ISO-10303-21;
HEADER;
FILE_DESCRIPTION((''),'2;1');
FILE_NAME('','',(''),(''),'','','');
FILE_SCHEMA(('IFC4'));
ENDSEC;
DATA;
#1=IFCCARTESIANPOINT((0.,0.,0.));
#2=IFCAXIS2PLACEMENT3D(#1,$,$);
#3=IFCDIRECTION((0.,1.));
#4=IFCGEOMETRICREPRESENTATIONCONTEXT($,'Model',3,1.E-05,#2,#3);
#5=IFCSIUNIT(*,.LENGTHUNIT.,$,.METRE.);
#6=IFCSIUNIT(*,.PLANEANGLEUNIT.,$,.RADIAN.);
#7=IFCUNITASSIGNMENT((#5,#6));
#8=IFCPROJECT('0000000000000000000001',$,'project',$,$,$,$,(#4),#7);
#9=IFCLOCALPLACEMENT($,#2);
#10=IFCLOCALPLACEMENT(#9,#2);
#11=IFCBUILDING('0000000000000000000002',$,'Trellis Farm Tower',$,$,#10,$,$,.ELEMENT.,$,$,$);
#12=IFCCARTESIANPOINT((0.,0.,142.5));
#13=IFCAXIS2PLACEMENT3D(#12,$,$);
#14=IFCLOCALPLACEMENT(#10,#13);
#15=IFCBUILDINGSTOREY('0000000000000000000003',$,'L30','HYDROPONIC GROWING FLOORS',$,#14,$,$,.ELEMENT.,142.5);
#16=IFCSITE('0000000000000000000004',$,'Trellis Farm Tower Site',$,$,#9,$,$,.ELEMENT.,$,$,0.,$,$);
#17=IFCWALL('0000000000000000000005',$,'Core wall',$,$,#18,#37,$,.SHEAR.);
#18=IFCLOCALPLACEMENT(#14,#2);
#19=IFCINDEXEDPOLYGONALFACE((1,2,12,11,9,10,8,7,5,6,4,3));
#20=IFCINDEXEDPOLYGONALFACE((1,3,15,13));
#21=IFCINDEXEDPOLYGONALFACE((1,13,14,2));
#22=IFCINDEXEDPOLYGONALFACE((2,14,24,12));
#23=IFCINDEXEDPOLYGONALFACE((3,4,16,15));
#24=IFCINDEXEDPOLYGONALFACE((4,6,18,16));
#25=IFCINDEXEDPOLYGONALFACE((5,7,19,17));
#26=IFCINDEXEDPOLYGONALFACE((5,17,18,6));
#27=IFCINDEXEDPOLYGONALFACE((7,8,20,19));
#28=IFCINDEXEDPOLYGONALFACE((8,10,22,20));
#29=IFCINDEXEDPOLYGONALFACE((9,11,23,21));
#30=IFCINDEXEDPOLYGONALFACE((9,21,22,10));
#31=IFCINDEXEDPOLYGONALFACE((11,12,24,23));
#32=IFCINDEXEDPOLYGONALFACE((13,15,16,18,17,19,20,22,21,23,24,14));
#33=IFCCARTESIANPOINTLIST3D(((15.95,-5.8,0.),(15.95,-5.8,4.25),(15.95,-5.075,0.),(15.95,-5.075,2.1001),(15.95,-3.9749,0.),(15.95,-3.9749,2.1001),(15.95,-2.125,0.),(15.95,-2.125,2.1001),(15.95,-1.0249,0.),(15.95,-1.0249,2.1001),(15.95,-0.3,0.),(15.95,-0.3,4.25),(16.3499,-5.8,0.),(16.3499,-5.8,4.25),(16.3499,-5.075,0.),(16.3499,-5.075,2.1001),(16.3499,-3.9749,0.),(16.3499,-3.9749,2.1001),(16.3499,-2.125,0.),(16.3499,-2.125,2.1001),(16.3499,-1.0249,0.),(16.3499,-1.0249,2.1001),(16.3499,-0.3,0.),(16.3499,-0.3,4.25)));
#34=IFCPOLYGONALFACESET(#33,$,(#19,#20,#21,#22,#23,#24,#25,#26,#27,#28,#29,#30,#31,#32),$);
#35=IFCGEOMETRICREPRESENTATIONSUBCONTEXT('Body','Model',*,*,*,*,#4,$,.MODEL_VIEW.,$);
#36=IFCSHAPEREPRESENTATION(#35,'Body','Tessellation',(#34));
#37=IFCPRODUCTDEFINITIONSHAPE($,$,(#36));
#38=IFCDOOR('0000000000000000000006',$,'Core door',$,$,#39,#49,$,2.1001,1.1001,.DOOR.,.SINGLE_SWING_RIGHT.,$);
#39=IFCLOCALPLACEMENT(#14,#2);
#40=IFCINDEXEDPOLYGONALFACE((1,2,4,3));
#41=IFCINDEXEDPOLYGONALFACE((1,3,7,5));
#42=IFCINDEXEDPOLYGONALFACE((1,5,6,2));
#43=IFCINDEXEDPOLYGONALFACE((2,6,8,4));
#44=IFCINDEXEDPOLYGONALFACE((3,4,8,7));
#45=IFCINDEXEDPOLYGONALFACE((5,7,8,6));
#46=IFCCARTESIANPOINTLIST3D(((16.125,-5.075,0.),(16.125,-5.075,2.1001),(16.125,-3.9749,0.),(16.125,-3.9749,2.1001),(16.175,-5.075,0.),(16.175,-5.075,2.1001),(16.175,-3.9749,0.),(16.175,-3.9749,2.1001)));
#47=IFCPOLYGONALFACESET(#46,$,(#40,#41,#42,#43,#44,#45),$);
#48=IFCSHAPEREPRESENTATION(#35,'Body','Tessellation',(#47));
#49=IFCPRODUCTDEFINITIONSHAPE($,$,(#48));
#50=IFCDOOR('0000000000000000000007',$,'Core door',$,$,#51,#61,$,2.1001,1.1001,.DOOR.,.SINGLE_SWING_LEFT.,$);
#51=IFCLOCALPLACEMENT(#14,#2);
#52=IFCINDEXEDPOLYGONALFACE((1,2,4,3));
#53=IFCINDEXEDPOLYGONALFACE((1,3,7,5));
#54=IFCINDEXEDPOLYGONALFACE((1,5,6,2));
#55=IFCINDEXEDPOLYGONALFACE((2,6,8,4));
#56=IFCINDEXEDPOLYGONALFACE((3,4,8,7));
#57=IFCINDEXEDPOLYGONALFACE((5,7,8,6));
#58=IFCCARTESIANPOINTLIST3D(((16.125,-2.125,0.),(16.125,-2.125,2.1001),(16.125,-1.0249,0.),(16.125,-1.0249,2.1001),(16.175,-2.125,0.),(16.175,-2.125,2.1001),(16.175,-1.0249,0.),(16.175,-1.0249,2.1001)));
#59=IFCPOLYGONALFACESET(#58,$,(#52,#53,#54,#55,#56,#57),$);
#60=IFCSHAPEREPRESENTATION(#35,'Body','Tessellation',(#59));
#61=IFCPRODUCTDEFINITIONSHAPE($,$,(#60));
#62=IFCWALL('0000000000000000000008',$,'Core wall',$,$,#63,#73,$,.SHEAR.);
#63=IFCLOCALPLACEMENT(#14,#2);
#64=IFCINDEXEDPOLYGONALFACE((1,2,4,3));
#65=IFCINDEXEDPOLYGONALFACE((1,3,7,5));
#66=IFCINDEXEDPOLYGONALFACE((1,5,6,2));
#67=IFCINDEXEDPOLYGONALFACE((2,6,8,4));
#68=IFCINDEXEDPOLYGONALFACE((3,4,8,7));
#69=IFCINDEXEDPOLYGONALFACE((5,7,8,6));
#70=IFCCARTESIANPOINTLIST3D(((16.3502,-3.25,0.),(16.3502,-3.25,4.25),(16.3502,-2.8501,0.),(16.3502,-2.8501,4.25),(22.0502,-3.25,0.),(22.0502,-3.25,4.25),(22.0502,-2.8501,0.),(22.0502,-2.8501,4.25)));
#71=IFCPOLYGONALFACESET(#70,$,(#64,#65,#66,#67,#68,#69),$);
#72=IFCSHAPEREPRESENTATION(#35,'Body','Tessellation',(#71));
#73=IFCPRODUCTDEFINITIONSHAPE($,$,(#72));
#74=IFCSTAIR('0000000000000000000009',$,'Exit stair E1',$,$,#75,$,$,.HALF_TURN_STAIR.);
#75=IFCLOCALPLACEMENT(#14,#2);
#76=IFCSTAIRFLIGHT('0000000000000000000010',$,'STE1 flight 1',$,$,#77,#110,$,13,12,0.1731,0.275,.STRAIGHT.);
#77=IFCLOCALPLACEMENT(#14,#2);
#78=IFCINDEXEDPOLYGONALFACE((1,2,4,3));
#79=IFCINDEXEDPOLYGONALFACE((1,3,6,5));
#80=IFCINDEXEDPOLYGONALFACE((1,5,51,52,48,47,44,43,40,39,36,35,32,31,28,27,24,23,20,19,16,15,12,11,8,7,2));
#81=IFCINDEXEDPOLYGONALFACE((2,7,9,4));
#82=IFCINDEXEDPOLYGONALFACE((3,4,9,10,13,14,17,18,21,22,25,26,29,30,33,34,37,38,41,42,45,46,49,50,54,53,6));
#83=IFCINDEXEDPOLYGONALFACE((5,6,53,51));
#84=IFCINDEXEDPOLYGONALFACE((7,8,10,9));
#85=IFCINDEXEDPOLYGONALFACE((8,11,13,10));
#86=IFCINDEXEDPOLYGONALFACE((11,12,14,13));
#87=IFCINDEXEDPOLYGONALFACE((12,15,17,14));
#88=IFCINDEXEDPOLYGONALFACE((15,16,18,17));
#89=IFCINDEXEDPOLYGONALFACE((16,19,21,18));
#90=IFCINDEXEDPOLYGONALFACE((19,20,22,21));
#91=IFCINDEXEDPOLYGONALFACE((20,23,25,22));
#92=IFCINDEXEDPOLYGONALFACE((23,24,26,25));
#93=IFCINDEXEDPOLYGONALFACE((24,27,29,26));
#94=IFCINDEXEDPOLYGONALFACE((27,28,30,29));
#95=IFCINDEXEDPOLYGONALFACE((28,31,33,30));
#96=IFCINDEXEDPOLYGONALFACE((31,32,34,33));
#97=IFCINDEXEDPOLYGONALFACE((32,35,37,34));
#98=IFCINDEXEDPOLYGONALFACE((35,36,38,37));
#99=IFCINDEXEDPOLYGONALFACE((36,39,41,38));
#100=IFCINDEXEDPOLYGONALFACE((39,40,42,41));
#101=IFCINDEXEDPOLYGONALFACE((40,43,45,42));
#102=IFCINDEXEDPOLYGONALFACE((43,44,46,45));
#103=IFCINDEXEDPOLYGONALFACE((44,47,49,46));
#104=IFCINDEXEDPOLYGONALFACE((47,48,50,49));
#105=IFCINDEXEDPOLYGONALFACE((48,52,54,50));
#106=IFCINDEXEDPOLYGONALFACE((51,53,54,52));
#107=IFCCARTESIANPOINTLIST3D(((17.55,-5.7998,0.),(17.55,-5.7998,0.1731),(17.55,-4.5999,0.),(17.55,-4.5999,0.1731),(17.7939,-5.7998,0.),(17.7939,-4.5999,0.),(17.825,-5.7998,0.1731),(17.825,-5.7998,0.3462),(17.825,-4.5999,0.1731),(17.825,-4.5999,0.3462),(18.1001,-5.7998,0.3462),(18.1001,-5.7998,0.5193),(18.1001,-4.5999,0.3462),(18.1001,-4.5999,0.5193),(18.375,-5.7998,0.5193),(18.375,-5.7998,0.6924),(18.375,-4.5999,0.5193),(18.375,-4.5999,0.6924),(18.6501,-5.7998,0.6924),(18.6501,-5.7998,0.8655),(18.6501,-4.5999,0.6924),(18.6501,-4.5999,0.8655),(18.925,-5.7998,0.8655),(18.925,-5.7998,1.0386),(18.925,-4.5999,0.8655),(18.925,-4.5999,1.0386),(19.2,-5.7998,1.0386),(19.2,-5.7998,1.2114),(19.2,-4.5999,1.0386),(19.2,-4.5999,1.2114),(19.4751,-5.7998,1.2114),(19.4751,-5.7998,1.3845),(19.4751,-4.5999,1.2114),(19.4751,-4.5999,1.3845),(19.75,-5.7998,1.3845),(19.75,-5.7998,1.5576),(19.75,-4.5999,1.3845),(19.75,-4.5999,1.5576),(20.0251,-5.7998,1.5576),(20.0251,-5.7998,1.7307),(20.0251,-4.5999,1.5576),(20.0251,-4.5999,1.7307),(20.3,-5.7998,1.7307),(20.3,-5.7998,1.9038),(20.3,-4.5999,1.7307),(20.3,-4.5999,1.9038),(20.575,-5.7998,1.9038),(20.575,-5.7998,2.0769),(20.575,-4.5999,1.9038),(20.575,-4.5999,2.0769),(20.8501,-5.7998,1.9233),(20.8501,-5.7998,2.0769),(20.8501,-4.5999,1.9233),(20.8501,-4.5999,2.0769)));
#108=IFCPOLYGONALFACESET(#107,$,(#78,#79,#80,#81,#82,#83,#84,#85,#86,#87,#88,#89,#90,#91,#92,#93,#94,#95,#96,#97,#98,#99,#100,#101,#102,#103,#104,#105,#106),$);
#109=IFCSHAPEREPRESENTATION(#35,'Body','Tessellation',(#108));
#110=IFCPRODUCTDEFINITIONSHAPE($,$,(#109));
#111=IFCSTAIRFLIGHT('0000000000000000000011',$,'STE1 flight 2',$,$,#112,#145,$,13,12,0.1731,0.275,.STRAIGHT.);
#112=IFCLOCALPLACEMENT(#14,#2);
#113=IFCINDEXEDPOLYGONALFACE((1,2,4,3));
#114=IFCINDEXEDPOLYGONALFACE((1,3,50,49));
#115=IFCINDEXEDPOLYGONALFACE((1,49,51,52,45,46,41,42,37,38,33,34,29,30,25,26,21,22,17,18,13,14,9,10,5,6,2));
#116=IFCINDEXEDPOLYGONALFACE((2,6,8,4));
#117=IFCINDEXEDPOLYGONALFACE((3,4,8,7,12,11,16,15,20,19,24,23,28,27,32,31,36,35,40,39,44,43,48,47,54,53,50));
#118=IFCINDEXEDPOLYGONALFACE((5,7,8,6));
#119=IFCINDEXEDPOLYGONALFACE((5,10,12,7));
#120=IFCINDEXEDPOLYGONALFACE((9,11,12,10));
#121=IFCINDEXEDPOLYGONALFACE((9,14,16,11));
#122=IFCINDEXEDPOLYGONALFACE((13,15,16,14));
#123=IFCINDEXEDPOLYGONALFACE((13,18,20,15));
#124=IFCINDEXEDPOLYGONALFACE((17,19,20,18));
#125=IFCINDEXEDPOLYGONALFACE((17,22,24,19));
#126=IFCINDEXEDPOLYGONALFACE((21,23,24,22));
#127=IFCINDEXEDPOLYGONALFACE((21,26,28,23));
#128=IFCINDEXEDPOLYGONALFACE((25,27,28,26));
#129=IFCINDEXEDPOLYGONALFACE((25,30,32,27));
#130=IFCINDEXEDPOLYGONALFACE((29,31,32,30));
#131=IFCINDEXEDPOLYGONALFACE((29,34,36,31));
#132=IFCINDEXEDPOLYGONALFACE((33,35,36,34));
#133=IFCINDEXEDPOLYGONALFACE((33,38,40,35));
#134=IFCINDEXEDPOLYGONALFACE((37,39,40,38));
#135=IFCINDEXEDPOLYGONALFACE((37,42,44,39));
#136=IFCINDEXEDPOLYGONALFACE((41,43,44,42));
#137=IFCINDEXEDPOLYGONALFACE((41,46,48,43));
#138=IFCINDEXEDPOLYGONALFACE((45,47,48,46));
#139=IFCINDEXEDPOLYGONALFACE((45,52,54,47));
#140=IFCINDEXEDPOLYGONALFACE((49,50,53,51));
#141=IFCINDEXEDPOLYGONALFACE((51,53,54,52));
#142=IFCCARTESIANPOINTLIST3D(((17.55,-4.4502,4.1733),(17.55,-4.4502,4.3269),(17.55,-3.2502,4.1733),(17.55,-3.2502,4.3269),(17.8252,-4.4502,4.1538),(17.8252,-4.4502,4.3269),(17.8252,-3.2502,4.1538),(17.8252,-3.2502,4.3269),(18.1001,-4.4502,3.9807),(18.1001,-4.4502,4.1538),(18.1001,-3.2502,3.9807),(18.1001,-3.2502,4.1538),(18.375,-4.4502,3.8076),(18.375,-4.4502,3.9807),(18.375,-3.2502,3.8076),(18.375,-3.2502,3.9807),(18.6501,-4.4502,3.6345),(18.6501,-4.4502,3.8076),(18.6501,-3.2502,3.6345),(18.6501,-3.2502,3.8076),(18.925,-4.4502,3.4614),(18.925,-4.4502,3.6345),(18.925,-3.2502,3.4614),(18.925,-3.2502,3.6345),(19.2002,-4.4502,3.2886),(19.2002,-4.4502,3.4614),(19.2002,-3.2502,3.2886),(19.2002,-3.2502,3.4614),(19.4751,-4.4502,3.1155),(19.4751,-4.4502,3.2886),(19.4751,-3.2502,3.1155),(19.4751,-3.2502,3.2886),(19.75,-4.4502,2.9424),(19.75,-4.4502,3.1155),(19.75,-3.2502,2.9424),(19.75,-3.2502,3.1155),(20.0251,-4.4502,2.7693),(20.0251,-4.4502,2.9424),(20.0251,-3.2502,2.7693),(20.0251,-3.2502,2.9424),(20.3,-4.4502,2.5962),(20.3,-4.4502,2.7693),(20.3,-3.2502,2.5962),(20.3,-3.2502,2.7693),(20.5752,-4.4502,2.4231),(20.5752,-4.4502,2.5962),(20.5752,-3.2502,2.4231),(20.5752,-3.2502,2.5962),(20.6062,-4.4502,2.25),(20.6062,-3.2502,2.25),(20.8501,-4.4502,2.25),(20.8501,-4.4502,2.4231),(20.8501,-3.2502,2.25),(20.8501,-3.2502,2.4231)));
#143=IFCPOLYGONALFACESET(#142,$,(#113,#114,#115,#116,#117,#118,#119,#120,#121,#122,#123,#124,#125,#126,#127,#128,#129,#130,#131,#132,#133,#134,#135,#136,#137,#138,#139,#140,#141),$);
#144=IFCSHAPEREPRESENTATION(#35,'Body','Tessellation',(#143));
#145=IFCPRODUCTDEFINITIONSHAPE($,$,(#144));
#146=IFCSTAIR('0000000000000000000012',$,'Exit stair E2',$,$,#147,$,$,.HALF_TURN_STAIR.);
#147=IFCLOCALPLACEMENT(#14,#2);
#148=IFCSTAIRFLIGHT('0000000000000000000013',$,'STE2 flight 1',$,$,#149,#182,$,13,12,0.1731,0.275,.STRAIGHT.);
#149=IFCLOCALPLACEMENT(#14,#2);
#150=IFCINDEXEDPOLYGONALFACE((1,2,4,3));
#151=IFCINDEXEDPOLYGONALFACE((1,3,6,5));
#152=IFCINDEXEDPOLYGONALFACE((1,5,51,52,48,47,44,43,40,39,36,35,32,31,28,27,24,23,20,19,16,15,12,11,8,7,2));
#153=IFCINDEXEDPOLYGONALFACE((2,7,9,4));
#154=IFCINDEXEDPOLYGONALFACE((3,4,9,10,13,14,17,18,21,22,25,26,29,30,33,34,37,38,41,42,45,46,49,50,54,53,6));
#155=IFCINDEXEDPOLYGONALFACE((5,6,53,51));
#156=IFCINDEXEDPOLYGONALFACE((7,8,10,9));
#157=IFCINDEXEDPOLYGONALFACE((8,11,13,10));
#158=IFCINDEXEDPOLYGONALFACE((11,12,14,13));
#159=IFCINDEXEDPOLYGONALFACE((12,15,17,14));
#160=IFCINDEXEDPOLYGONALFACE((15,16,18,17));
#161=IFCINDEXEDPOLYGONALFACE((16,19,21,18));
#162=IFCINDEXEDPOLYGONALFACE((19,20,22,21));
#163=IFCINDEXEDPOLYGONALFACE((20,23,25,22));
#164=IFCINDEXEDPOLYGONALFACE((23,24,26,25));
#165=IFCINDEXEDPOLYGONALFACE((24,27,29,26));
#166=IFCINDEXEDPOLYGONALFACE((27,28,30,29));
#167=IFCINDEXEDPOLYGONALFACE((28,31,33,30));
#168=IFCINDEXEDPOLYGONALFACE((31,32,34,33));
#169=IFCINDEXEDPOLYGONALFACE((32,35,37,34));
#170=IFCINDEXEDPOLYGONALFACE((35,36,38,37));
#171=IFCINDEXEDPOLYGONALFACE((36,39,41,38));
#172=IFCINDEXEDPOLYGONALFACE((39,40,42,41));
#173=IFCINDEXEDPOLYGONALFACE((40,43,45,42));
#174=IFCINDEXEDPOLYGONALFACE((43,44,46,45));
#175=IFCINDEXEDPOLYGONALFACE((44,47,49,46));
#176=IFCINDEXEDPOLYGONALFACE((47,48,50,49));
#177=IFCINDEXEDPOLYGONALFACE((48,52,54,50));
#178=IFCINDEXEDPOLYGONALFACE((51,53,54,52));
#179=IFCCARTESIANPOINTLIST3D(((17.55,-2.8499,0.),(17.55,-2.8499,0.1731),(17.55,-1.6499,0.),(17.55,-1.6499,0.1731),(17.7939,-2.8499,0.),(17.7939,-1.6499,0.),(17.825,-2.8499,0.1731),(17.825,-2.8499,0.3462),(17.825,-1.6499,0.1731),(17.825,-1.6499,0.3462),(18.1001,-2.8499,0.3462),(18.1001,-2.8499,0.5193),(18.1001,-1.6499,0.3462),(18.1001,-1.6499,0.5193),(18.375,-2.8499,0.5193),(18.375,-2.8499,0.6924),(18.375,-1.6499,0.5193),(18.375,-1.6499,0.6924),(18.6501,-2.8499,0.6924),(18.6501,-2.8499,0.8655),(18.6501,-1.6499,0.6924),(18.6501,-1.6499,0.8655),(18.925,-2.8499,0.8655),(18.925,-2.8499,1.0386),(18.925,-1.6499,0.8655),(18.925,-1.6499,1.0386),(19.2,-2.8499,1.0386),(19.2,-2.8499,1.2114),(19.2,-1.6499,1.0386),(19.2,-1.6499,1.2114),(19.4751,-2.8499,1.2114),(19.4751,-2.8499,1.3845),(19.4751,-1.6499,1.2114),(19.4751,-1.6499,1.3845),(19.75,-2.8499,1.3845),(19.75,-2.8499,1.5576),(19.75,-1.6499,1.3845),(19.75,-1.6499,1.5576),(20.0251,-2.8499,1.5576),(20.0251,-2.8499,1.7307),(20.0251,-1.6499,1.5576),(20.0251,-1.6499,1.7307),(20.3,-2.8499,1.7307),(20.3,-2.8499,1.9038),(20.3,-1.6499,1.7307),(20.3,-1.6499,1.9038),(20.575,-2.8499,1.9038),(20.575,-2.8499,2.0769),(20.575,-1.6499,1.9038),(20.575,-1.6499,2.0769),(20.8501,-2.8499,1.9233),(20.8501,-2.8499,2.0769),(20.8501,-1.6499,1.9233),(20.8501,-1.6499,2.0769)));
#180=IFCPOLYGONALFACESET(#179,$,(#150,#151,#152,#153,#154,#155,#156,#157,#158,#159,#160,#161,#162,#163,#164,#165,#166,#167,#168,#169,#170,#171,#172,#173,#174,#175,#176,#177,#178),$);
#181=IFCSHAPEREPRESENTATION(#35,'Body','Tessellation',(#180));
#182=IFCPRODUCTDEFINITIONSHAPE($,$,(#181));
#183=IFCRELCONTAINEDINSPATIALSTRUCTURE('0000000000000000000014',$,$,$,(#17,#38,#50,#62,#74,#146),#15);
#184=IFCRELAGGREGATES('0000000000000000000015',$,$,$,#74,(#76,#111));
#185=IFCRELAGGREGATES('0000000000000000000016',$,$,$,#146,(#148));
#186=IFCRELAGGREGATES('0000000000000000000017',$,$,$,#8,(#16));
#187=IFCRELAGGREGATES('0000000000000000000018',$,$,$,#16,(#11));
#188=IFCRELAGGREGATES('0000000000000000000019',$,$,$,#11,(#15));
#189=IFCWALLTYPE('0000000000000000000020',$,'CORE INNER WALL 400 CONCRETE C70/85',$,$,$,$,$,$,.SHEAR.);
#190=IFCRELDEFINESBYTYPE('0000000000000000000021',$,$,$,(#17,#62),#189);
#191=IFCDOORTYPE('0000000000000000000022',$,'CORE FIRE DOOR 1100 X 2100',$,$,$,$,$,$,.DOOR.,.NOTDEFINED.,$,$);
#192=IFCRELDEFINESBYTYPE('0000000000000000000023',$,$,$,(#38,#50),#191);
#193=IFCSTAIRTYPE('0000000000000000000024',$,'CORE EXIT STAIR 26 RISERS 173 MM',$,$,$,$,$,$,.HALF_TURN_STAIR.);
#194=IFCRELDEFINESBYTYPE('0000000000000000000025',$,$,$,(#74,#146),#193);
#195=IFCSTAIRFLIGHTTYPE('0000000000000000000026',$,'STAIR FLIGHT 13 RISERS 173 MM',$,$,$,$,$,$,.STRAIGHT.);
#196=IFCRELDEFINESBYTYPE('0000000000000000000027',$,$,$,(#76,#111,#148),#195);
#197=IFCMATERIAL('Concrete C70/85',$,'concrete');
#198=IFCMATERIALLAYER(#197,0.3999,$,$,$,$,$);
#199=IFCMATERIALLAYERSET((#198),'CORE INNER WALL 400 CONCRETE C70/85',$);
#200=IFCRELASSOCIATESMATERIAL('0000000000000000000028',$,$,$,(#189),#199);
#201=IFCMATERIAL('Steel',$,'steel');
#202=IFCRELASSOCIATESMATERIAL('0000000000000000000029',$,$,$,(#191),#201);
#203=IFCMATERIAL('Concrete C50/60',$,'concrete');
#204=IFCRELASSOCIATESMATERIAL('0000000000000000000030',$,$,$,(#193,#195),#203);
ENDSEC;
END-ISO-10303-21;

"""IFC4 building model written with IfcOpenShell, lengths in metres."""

from ifc_helpers import new_model, si_unit, direction, frame, frame_2d, origin, place, context, subcontext, project, spatial, polyline, rectangle, outline, extrude, source, transform, mapped, material, layer, layer_set, type_object, element, fill, aggregate, save


model = new_model("IFC4")

# Units and contexts
model_context = context("Model", 3, precision=1e-05, world=origin(), true_north=direction((0.0, 1.0)))
body_context = subcontext(model_context, "Body", "Model", "MODEL_VIEW")
ifc_project = project(units=[si_unit("LENGTHUNIT", "METRE"), si_unit("PLANEANGLEUNIT", "RADIAN")], contexts=[model_context])

# Site, building, storey
site_placement = place(None, origin())
site = spatial("IfcSite", under=ifc_project, at=site_placement, Name="Trellis Farm Tower Site", CompositionType="ELEMENT", RefElevation=0.0)
building_placement = place(site_placement, origin())
building = spatial("IfcBuilding", under=site, at=building_placement, Name="Trellis Farm Tower", CompositionType="ELEMENT")
storey_placement = place(building_placement, frame((0.0, 0.0, 142.5)))
storey = spatial("IfcBuildingStorey", under=building, at=storey_placement, Name="L30", Description="HYDROPONIC GROWING FLOORS", CompositionType="ELEMENT", Elevation=142.5)

# Shared definitions
placement = place(storey_placement, origin())

# Shared definitions
ifc_material_1 = material(Name="Concrete C70/85", Category="concrete")
ifc_layer_1 = layer(ifc_material_1, 0.3999)
ifc_layer_set_1 = layer_set([ifc_layer_1], Name="CORE INNER WALL 400 CONCRETE C70/85")
wall_type_1 = type_object("IfcWallType", Name="CORE INNER WALL 400 CONCRETE C70/85", PredefinedType="SHEAR", material=ifc_layer_set_1)

# Shared definitions
ifc_material_2 = material(Name="Steel", Category="steel")

# Wall, openings, doors
shared_shape_1 = source(origin(), body_context, "Body", "SweptSolid", [
    extrude(rectangle(XDim=5.5, YDim=0.3999, at=frame_2d((2.75, 0.0))), origin(), (0.0, 0.0, 1.0), 4.25),
])
wall_1_placement = place(storey_placement, frame((16.1499, -5.8, 0.0), z_axis=(0.0, 0.0, 1.0), x_axis=(0.0, 1.0, 0.0)))
wall_1 = element("IfcWall", 1, at=wall_1_placement, inside=storey, type_object=wall_type_1, Name="Core wall", PredefinedType="SHEAR", context=body_context, shape_type="MappedRepresentation", body=[
    mapped(shared_shape_1, transform((0.0, 0.0, 0.0))),
])
shared_shape_2 = source(origin(), body_context, "Body", "SweptSolid", [
    extrude(rectangle(XDim=1.1001, YDim=2.1001, at=frame_2d((0.55, 1.05))), frame((0.0, 0.21, 0.0), z_axis=(0.0, -1.0, 0.0), x_axis=(1.0, 0.0, 0.0)), (0.0, 0.0, 1.0), 0.4199),
])
opening_1_placement = place(wall_1_placement, frame((0.7251, 0.0, 0.0)))
opening_1 = element("IfcOpeningElement", 2, at=opening_1_placement, cuts=wall_1, PredefinedType="OPENING", context=body_context, shape_type="MappedRepresentation", body=[
    mapped(shared_shape_2, transform((0.0, 0.0, 0.0))),
])
opening_2_placement = place(wall_1_placement, frame((3.675, 0.0, 0.0)))
opening_2 = element("IfcOpeningElement", 3, at=opening_2_placement, cuts=wall_1, PredefinedType="OPENING", context=body_context, shape_type="MappedRepresentation", body=[
    mapped(shared_shape_2, transform((0.0, 0.0, 0.0))),
])
door_type_1 = type_object("IfcDoorType", Name="CORE FIRE DOOR 1100 X 2100", OperationType="NOTDEFINED", PredefinedType="DOOR", material=ifc_material_2)
shared_shape_3 = source(origin(), body_context, "Body", "SweptSolid", [
    extrude(rectangle(XDim=1.1001, YDim=2.1001, at=frame_2d((0.55, 1.05))), frame((0.0, 0.0249, 0.0), z_axis=(0.0, -1.0, 0.0), x_axis=(1.0, 0.0, 0.0)), (0.0, 0.0, 1.0), 0.05),
])
door_1_placement = place(opening_1_placement, origin())
door_1 = element("IfcDoor", 4, at=door_1_placement, inside=storey, type_object=door_type_1, Name="Core door", OperationType="SINGLE_SWING_RIGHT", OverallHeight=2.1001, OverallWidth=1.1001, PredefinedType="DOOR", context=body_context, shape_type="MappedRepresentation", body=[
    mapped(shared_shape_3, transform((0.0, 0.0, 0.0))),
])
fill(opening_1, door_1)
door_2_placement = place(opening_2_placement, origin())
door_2 = element("IfcDoor", 5, at=door_2_placement, inside=storey, type_object=door_type_1, Name="Core door", OperationType="SINGLE_SWING_LEFT", OverallHeight=2.1001, OverallWidth=1.1001, PredefinedType="DOOR", context=body_context, shape_type="MappedRepresentation", body=[
    mapped(shared_shape_3, transform((0.0, 0.0, 0.0))),
])
fill(opening_2, door_2)

# Wall
shared_shape_4 = source(origin(), body_context, "Body", "SweptSolid", [
    extrude(rectangle(XDim=5.7, YDim=0.3999, at=frame_2d((2.8501, 0.0))), origin(), (0.0, 0.0, 1.0), 4.25),
])
wall_2_placement = place(storey_placement, frame((16.3501, -3.05, 0.0), z_axis=(0.0, 0.0, 1.0), x_axis=(1.0, 0.0, 0.0)))
element("IfcWall", 6, at=wall_2_placement, inside=storey, type_object=wall_type_1, Name="Core wall", PredefinedType="SHEAR", context=body_context, shape_type="MappedRepresentation", body=[
    mapped(shared_shape_4, transform((0.0, 0.0, 0.0))),
])

# Stairs, stair flights
ifc_material_3 = material(Name="Concrete C50/60", Category="concrete")
stair_type = type_object("IfcStairType", Name="CORE EXIT STAIR 26 RISERS 173 MM", PredefinedType="HALF_TURN_STAIR", material=ifc_material_3)
stair_1 = element("IfcStair", 7, at=placement, inside=storey, type_object=stair_type, Name="Exit stair E1", PredefinedType="HALF_TURN_STAIR")
stair_flight_type = type_object("IfcStairFlightType", Name="STAIR FLIGHT 13 RISERS 173 MM", PredefinedType="STRAIGHT", material=ifc_material_3)
shared_shape_5 = source(origin(), body_context, "Body", "SweptSolid", [
    extrude(outline(polyline([(0.0, 0.0), (0.0, 0.1731), (0.2749, 0.1731), (0.2749, 0.3462), (0.55, 0.3462), (0.55, 0.5193), (0.825, 0.5193), (0.825, 0.6924), (1.1001, 0.6924), (1.1001, 0.8655), (1.375, 0.8655), (1.375, 1.0386), (1.6499, 1.0386), (1.6499, 1.2114), (1.925, 1.2114), (1.925, 1.3845), (2.2, 1.3845), (2.2, 1.5576), (2.4751, 1.5576), (2.4751, 1.7307), (2.75, 1.7307), (2.75, 1.9038), (3.0249, 1.9038), (3.0249, 2.0769), (3.3, 2.0769), (3.3, 2.25), (3.3, 1.9233), (0.2439, 0.0), (0.0, 0.0)])), frame((0.0, 0.6001, 0.0), z_axis=(0.0, -1.0, 0.0), x_axis=(1.0, 0.0, 0.0)), (0.0, 0.0, 1.0), 1.2),
])
stair_flight_1_placement = place(storey_placement, frame((17.55, -5.2, 0.0), z_axis=(0.0, 0.0, 1.0), x_axis=(1.0, 0.0, 0.0)))
stair_flight_1 = element("IfcStairFlight", 8, at=stair_flight_1_placement, type_object=stair_flight_type, Name="STE1 flight 1", NumberOfRisers=13, NumberOfTreads=12, PredefinedType="STRAIGHT", RiserHeight=0.1731, TreadLength=0.275, context=body_context, shape_type="MappedRepresentation", body=[
    mapped(shared_shape_5, transform((0.0, 0.0, 0.0))),
])
stair_flight_2_placement = place(storey_placement, frame((20.8501, -3.8501, 2.25), z_axis=(0.0, 0.0, 1.0), x_axis=(-1.0, 0.0, 0.0)))
stair_flight_2 = element("IfcStairFlight", 9, at=stair_flight_2_placement, type_object=stair_flight_type, Name="STE1 flight 2", NumberOfRisers=13, NumberOfTreads=12, PredefinedType="STRAIGHT", RiserHeight=0.1731, TreadLength=0.275, context=body_context, shape_type="MappedRepresentation", body=[
    mapped(shared_shape_5, transform((0.0, 0.0, 0.0))),
])
aggregate(stair_1, [stair_flight_1, stair_flight_2])
stair_2 = element("IfcStair", 10, at=placement, inside=storey, type_object=stair_type, Name="Exit stair E2", PredefinedType="HALF_TURN_STAIR")
stair_flight_3_placement = place(storey_placement, frame((17.55, -2.25, 0.0), z_axis=(0.0, 0.0, 1.0), x_axis=(1.0, 0.0, 0.0)))
stair_flight_3 = element("IfcStairFlight", 11, at=stair_flight_3_placement, type_object=stair_flight_type, Name="STE2 flight 1", NumberOfRisers=13, NumberOfTreads=12, PredefinedType="STRAIGHT", RiserHeight=0.1731, TreadLength=0.275, context=body_context, shape_type="MappedRepresentation", body=[
    mapped(shared_shape_5, transform((0.0, 0.0, 0.0))),
])
aggregate(stair_2, [stair_flight_3])

save(model, "model.ifc")
